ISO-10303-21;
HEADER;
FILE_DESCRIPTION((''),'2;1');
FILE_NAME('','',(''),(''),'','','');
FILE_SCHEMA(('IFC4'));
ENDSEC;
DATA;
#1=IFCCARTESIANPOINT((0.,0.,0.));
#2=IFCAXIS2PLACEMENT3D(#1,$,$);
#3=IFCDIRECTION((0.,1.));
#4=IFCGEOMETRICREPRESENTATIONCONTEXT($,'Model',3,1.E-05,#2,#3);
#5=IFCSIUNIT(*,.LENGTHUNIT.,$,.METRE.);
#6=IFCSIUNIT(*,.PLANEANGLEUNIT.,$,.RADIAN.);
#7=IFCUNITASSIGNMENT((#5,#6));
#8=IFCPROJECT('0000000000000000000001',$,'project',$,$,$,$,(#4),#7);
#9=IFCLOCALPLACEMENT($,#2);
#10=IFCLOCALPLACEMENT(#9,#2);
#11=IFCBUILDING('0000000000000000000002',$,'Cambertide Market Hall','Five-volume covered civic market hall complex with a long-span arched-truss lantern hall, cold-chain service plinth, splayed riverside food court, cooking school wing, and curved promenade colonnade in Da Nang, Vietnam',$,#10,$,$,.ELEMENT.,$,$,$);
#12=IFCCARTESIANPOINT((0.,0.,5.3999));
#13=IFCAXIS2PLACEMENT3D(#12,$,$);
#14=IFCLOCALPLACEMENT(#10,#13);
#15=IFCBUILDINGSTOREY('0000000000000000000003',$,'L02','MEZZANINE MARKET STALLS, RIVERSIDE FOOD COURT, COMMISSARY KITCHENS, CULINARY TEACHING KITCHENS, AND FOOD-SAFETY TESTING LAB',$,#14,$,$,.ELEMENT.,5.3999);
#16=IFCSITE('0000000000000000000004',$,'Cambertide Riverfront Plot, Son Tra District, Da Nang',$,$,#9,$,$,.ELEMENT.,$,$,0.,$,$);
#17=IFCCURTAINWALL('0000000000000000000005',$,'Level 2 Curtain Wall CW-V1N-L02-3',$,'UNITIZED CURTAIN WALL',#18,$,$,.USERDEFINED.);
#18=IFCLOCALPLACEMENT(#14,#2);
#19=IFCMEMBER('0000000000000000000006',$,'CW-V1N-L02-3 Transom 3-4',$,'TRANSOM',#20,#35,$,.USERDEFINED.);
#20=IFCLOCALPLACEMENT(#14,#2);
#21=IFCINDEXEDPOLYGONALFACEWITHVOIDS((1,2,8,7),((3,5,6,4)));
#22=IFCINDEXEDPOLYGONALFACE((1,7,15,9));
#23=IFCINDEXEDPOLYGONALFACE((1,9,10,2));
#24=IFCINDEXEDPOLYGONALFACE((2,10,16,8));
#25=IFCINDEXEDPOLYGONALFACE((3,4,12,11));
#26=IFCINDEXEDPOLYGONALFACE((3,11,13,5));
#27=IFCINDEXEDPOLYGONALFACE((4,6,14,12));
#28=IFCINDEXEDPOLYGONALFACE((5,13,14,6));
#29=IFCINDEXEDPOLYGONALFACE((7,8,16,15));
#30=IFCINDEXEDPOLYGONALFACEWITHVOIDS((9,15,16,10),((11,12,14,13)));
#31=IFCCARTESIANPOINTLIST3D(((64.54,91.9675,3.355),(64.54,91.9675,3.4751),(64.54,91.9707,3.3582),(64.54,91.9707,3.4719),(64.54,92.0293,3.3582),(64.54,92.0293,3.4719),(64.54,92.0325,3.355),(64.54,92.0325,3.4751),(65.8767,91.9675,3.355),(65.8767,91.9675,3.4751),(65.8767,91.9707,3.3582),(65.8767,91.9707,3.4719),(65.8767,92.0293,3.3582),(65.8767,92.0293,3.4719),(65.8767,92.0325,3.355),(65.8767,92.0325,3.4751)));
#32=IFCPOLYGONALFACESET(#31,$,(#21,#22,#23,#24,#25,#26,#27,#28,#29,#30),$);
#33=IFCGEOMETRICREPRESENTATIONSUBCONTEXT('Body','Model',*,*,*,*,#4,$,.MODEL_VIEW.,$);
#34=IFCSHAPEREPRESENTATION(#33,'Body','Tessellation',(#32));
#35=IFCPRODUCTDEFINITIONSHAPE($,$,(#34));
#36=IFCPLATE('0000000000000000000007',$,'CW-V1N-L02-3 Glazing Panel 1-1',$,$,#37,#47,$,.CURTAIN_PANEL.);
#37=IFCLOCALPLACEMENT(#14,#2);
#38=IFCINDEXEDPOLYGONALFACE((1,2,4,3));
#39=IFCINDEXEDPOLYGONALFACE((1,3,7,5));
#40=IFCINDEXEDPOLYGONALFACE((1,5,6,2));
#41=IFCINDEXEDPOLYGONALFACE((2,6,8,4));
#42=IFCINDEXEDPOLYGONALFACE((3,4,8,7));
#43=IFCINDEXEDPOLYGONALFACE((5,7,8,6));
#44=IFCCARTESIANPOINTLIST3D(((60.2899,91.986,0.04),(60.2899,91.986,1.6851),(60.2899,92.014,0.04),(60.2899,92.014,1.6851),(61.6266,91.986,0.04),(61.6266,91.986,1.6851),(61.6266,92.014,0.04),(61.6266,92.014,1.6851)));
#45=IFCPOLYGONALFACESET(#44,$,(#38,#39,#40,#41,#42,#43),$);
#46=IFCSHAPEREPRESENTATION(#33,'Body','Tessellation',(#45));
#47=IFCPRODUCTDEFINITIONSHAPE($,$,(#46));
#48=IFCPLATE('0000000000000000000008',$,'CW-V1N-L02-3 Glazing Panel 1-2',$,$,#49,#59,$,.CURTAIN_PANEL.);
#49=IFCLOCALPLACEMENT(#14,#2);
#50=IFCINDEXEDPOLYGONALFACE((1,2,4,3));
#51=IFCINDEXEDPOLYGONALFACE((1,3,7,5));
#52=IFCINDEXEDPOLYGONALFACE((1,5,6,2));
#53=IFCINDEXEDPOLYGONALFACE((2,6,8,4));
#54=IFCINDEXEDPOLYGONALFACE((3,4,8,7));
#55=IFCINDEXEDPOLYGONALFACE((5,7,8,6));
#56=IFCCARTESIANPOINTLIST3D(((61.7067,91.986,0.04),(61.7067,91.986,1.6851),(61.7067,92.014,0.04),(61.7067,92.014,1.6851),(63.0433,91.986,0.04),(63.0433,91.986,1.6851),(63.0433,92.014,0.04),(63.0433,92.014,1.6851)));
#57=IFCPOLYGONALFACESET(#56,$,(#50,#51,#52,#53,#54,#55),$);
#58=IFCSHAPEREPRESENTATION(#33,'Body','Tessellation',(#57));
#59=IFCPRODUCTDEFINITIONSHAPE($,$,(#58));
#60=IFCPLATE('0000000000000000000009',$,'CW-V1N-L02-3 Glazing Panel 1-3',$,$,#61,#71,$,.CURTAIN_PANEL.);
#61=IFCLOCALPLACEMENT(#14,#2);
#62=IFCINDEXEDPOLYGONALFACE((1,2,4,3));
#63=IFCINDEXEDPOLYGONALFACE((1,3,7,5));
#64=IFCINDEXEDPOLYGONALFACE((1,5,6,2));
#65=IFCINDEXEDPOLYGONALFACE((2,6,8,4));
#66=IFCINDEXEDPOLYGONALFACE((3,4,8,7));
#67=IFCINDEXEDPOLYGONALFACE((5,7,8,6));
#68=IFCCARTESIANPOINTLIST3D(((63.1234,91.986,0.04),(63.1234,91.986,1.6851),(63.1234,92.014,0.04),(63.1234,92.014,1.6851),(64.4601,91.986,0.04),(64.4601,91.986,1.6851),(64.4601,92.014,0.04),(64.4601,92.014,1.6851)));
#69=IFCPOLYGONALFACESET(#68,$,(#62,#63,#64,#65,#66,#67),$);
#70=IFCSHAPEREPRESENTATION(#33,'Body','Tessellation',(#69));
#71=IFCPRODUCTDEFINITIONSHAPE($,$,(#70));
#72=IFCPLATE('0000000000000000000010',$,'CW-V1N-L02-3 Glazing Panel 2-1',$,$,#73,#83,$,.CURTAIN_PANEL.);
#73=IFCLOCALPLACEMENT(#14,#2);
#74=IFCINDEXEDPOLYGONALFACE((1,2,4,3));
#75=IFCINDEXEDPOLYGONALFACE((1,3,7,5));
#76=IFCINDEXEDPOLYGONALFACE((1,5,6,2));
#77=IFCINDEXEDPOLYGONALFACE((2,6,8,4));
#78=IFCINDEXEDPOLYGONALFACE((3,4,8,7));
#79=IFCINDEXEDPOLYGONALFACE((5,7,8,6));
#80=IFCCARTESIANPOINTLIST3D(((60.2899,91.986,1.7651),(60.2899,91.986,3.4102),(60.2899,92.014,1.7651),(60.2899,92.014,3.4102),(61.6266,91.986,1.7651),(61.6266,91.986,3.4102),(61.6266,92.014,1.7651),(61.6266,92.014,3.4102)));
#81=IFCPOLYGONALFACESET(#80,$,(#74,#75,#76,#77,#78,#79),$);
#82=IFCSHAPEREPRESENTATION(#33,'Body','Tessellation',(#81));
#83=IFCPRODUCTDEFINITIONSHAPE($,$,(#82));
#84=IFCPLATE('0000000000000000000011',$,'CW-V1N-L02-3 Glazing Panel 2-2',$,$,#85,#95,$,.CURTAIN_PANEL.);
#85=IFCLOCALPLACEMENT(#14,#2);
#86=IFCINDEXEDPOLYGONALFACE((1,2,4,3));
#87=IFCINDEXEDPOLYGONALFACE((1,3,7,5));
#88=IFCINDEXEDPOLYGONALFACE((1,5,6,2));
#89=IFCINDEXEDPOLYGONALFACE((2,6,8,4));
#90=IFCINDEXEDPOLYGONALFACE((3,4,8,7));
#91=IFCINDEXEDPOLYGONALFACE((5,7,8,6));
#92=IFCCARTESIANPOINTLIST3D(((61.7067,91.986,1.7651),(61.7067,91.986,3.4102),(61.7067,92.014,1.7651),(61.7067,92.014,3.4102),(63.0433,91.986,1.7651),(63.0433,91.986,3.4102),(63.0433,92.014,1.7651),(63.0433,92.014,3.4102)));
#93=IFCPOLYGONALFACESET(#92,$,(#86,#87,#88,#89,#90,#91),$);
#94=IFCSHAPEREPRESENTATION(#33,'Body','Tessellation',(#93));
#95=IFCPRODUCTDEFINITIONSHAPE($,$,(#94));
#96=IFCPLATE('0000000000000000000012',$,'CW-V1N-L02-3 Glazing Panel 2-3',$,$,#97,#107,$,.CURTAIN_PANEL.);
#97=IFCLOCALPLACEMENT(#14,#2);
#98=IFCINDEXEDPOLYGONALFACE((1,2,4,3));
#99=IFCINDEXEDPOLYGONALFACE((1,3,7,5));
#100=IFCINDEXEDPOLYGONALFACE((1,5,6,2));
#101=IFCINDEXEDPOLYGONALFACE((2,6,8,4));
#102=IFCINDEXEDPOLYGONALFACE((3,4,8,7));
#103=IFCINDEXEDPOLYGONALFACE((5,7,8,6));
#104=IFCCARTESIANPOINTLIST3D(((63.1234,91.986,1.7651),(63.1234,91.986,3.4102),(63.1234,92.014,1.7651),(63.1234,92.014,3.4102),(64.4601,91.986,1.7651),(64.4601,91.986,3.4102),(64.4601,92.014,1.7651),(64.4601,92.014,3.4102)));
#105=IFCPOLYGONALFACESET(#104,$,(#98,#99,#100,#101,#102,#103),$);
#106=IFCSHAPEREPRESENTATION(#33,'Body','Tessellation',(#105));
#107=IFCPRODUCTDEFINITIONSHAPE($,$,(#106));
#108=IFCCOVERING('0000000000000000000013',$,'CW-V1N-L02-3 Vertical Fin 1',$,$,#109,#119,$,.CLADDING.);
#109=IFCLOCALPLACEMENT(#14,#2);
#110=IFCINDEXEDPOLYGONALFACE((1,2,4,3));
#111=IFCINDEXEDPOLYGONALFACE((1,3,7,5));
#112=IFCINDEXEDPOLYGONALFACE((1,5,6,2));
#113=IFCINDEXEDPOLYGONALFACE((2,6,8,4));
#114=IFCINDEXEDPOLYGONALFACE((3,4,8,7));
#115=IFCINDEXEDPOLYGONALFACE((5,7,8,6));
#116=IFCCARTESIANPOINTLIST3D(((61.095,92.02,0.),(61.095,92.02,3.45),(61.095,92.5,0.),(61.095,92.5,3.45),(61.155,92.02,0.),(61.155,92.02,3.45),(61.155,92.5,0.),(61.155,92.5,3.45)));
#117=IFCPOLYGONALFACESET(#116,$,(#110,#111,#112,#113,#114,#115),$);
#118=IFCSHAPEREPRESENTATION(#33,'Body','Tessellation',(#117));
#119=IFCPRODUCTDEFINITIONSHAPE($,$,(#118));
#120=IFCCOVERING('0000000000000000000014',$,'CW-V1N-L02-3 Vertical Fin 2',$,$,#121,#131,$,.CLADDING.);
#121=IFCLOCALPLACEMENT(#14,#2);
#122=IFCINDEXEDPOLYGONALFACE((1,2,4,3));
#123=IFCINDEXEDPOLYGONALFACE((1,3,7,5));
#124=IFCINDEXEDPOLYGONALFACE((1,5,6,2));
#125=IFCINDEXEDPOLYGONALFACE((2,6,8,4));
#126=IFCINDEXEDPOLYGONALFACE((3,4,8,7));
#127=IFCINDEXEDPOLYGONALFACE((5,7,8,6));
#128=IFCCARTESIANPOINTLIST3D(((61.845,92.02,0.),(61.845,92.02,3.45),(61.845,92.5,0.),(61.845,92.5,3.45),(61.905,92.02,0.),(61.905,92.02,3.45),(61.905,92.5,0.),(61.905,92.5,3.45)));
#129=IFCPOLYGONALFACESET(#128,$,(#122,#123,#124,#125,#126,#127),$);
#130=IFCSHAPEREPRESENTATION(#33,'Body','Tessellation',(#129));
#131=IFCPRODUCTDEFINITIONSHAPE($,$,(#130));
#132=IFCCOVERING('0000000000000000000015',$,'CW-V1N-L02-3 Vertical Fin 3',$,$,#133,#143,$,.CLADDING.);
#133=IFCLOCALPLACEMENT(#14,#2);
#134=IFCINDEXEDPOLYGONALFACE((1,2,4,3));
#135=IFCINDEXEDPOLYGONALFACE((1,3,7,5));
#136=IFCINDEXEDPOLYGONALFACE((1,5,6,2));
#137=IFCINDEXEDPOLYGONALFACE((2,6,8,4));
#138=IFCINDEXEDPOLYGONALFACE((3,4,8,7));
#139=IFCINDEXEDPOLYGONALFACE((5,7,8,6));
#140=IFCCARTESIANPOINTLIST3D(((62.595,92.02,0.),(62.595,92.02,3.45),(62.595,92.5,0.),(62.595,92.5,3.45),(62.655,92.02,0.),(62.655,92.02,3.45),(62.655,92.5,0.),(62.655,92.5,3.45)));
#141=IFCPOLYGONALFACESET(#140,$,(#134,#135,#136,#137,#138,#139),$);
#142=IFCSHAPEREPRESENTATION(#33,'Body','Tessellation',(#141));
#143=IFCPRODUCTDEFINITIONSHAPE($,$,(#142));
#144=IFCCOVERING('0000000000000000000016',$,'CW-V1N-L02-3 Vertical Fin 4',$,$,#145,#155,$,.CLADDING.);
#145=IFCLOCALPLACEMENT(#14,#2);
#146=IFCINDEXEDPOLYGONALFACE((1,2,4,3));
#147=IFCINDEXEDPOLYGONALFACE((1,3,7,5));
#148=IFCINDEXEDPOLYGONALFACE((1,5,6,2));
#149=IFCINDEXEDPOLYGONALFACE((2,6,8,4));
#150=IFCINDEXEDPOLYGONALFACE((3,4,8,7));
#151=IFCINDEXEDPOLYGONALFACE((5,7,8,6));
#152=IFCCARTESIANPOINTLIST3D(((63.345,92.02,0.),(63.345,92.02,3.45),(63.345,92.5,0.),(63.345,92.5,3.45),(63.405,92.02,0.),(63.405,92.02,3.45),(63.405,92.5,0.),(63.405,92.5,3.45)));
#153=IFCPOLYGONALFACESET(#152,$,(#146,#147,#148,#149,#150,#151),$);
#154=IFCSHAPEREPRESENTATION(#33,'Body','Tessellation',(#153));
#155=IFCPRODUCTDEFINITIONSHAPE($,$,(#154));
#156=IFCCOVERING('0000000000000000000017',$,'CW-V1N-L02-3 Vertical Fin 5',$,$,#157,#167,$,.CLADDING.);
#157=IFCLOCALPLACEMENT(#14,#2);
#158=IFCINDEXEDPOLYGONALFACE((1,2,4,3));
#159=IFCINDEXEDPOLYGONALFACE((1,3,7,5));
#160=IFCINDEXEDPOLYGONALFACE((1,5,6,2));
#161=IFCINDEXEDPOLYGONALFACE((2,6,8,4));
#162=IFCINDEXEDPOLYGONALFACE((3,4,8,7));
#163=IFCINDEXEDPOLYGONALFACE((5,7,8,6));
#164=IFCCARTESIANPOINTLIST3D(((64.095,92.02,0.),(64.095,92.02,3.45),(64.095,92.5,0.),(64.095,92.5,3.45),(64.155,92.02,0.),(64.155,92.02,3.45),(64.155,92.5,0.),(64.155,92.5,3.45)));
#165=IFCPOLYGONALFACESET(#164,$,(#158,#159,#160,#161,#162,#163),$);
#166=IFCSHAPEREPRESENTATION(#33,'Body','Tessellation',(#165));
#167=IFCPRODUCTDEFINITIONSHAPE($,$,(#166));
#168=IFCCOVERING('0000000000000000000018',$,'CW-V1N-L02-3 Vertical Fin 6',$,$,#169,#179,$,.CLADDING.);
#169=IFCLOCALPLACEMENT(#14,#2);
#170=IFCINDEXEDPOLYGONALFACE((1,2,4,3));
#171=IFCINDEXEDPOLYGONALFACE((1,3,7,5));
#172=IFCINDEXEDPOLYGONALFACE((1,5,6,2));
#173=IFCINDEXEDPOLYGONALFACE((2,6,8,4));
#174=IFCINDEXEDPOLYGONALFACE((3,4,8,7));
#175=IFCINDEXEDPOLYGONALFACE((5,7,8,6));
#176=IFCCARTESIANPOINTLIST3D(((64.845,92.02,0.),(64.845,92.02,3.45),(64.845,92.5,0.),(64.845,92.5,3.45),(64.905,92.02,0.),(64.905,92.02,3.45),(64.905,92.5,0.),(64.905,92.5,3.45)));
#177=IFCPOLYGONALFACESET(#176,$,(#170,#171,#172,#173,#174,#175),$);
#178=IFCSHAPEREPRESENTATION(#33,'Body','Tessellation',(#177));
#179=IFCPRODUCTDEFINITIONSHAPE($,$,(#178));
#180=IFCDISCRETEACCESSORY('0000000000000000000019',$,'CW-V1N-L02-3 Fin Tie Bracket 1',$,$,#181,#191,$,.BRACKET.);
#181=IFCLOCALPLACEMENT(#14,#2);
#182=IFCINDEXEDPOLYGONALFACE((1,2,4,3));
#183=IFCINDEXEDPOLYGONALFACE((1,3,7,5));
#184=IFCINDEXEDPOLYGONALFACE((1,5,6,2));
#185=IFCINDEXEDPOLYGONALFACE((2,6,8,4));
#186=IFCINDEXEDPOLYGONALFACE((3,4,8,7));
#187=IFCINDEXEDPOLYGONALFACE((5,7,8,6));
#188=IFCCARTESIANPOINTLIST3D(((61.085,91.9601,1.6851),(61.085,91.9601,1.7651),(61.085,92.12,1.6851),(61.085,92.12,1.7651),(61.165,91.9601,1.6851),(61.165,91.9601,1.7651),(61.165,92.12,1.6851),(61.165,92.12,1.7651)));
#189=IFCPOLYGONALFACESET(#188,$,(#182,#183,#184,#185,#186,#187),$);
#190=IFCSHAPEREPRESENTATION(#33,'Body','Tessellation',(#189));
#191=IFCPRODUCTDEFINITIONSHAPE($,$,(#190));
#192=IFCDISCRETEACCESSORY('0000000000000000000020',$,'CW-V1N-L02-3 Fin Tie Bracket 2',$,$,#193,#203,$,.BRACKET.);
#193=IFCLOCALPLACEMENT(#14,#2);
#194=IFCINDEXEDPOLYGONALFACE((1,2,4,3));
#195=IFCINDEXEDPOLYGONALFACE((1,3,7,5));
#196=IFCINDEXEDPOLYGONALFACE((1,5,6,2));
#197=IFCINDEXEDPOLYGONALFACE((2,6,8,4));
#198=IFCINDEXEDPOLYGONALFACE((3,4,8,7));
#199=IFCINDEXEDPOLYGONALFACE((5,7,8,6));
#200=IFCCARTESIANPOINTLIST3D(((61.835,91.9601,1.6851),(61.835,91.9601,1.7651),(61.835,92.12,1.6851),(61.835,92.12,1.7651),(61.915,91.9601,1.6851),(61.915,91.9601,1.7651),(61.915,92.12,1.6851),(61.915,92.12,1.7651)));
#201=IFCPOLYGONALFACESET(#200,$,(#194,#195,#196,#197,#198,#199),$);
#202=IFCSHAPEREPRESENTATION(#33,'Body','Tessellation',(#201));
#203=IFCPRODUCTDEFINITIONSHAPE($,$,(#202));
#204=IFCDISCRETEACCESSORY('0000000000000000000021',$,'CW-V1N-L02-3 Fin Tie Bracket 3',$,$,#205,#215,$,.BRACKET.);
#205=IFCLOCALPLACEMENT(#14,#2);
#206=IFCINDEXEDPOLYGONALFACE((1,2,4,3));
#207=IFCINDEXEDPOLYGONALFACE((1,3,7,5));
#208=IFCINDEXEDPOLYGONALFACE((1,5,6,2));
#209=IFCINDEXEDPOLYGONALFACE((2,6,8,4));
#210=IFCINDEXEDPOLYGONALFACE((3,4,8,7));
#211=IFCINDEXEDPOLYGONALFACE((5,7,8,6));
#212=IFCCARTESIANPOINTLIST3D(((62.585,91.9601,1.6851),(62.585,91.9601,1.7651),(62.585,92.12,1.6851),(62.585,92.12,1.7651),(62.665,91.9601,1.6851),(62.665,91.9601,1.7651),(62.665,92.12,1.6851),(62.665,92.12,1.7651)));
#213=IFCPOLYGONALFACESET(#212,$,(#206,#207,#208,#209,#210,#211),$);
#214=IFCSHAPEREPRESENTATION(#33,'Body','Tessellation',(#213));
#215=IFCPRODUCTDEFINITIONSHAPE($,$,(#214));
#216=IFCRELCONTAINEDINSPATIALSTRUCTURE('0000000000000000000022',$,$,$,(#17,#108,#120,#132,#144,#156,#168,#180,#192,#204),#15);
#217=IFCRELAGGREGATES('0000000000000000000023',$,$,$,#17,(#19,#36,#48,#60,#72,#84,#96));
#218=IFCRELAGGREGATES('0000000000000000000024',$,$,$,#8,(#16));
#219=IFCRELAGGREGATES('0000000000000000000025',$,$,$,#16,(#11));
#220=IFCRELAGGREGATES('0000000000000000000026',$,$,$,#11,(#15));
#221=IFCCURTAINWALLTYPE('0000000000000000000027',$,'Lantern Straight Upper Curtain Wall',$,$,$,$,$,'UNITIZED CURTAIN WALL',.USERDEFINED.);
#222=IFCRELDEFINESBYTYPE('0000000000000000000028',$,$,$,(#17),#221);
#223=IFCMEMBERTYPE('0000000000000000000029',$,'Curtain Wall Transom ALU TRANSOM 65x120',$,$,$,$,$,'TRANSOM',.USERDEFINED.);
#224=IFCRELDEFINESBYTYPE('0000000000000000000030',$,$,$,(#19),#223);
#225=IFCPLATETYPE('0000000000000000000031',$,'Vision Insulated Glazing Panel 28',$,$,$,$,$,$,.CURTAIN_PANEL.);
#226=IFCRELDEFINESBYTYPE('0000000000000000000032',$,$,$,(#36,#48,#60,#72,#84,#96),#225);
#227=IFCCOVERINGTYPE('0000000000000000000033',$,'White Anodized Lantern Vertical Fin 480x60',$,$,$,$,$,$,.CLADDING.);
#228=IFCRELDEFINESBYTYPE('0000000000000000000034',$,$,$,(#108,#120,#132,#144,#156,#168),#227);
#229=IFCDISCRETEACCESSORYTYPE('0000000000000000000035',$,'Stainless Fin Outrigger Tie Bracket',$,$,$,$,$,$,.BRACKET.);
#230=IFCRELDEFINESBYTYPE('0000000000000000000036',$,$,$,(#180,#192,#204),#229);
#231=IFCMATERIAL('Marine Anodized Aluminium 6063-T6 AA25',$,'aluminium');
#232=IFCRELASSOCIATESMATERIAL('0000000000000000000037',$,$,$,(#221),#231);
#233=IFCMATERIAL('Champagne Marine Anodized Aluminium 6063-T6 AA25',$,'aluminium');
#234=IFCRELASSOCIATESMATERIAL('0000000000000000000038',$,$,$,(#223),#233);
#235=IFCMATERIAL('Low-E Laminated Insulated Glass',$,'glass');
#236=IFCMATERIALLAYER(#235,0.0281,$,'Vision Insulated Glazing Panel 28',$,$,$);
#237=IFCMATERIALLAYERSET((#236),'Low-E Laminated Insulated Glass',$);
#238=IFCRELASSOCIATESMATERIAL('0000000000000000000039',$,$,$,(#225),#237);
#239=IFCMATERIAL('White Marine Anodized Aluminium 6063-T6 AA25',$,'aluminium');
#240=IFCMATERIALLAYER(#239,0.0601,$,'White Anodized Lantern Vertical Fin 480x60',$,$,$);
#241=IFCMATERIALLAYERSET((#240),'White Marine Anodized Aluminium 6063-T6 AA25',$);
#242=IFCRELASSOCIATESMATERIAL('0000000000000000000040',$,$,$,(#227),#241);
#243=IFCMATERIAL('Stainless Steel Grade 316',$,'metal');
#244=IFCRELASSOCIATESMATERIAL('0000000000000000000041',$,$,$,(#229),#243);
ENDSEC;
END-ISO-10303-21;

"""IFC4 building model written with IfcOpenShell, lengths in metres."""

from ifc_helpers import new_model, si_unit, direction, frame, origin, origin_2d, place, context, subcontext, project, spatial, rectangle, hollow_rectangle, extrude, material, layer, layer_set, material_profile, profile_set, type_object, element, aggregate, save


model = new_model("IFC4")

# Units and contexts
model_context = context("Model", 3, precision=1e-05, world=origin(), true_north=direction((0.0, 1.0)))
body_context = subcontext(model_context, "Body", "Model", "MODEL_VIEW")
ifc_project = project(units=[si_unit("LENGTHUNIT", "METRE"), si_unit("PLANEANGLEUNIT", "RADIAN")], contexts=[model_context])

# Site, building, storey
site_placement = place(None, origin())
site = spatial("IfcSite", under=ifc_project, at=site_placement, Name="Cambertide Riverfront Plot, Son Tra District, Da Nang", CompositionType="ELEMENT", RefElevation=0.0)
building_placement = place(site_placement, origin())
building = spatial("IfcBuilding", under=site, at=building_placement, Name="Cambertide Market Hall", Description="Five-volume covered civic market hall complex with a long-span arched-truss lantern hall, cold-chain service plinth, splayed riverside food court, cooking school wing, and curved promenade colonnade in Da Nang, Vietnam", CompositionType="ELEMENT")
storey_placement = place(building_placement, frame((0.0, 0.0, 5.3999)))
storey = spatial("IfcBuildingStorey", under=building, at=storey_placement, Name="L02", Description="MEZZANINE MARKET STALLS, RIVERSIDE FOOD COURT, COMMISSARY KITCHENS, CULINARY TEACHING KITCHENS, AND FOOD-SAFETY TESTING LAB", CompositionType="ELEMENT", Elevation=5.3999)

# Curtain wall, member, plates
ifc_material_1 = material(Name="Marine Anodized Aluminium 6063-T6 AA25", Category="aluminium")
curtain_wall_type = type_object("IfcCurtainWallType", Name="Lantern Straight Upper Curtain Wall", ElementType="UNITIZED CURTAIN WALL", PredefinedType="USERDEFINED", material=ifc_material_1)
curtain_wall_placement = place(storey_placement, origin())
curtain_wall = element("IfcCurtainWall", 1, at=curtain_wall_placement, inside=storey, type_object=curtain_wall_type, Name="Level 2 Curtain Wall CW-V1N-L02-3", ObjectType="UNITIZED CURTAIN WALL", PredefinedType="USERDEFINED")
ifc_material_2 = material(Name="Champagne Marine Anodized Aluminium 6063-T6 AA25", Category="aluminium")
ifc_material_profile_1 = material_profile(ifc_material_2, hollow_rectangle(XDim=0.0649, YDim=0.1201, WallThickness=0.0032, at=origin_2d()), Name="ALU TRANSOM 65x120")
ifc_profile_set_1 = profile_set([ifc_material_profile_1], Name="Champagne Marine Anodized Aluminium 6063-T6 AA25")
member_type_1 = type_object("IfcMemberType", Name="Curtain Wall Transom ALU TRANSOM 65x120", ElementType="TRANSOM", PredefinedType="USERDEFINED", material=ifc_profile_set_1)
member_1_placement = place(storey_placement, frame((64.54, 92.0, 3.415), z_axis=(1.0, 0.0, 0.0), x_axis=(0.0, 1.0, 0.0)))
member_1 = element("IfcMember", 2, at=member_1_placement, type_object=member_type_1, Name="CW-V1N-L02-3 Transom 3-4", ObjectType="TRANSOM", PredefinedType="USERDEFINED", context=body_context, shape_type="SweptSolid", body=[
    extrude(hollow_rectangle(XDim=0.0649, YDim=0.1201, WallThickness=0.0032, at=origin_2d()), origin(), (0.0, 0.0, 1.0), 1.3367),
])
ifc_material_3 = material(Name="Low-E Laminated Insulated Glass", Category="glass")
ifc_layer_1 = layer(ifc_material_3, 0.0281, Name="Vision Insulated Glazing Panel 28")
ifc_layer_set_1 = layer_set([ifc_layer_1], Name="Low-E Laminated Insulated Glass")
plate_type = type_object("IfcPlateType", Name="Vision Insulated Glazing Panel 28", PredefinedType="CURTAIN_PANEL", material=ifc_layer_set_1)
plate_1_placement = place(storey_placement, frame((60.9583, 92.0, 0.04), z_axis=(0.0, 0.0, 1.0), x_axis=(1.0, 0.0, 0.0)))
plate_1 = element("IfcPlate", 3, at=plate_1_placement, type_object=plate_type, Name="CW-V1N-L02-3 Glazing Panel 1-1", PredefinedType="CURTAIN_PANEL", context=body_context, shape_type="SweptSolid", body=[
    extrude(rectangle(XDim=1.3367, YDim=0.0281, at=origin_2d()), origin(), (0.0, 0.0, 1.0), 1.645),
])
plate_2_placement = place(storey_placement, frame((62.375, 92.0, 0.04), z_axis=(0.0, 0.0, 1.0), x_axis=(1.0, 0.0, 0.0)))
plate_2 = element("IfcPlate", 4, at=plate_2_placement, type_object=plate_type, Name="CW-V1N-L02-3 Glazing Panel 1-2", PredefinedType="CURTAIN_PANEL", context=body_context, shape_type="SweptSolid", body=[
    extrude(rectangle(XDim=1.3367, YDim=0.0281, at=origin_2d()), origin(), (0.0, 0.0, 1.0), 1.645),
])
plate_3_placement = place(storey_placement, frame((63.7917, 92.0, 0.04), z_axis=(0.0, 0.0, 1.0), x_axis=(1.0, 0.0, 0.0)))
plate_3 = element("IfcPlate", 5, at=plate_3_placement, type_object=plate_type, Name="CW-V1N-L02-3 Glazing Panel 1-3", PredefinedType="CURTAIN_PANEL", context=body_context, shape_type="SweptSolid", body=[
    extrude(rectangle(XDim=1.3367, YDim=0.0281, at=origin_2d()), origin(), (0.0, 0.0, 1.0), 1.645),
])
plate_4_placement = place(storey_placement, frame((60.9583, 92.0, 1.7651), z_axis=(0.0, 0.0, 1.0), x_axis=(1.0, 0.0, 0.0)))
plate_4 = element("IfcPlate", 6, at=plate_4_placement, type_object=plate_type, Name="CW-V1N-L02-3 Glazing Panel 2-1", PredefinedType="CURTAIN_PANEL", context=body_context, shape_type="SweptSolid", body=[
    extrude(rectangle(XDim=1.3367, YDim=0.0281, at=origin_2d()), origin(), (0.0, 0.0, 1.0), 1.645),
])
plate_5_placement = place(storey_placement, frame((62.375, 92.0, 1.7651), z_axis=(0.0, 0.0, 1.0), x_axis=(1.0, 0.0, 0.0)))
plate_5 = element("IfcPlate", 7, at=plate_5_placement, type_object=plate_type, Name="CW-V1N-L02-3 Glazing Panel 2-2", PredefinedType="CURTAIN_PANEL", context=body_context, shape_type="SweptSolid", body=[
    extrude(rectangle(XDim=1.3367, YDim=0.0281, at=origin_2d()), origin(), (0.0, 0.0, 1.0), 1.645),
])
plate_6_placement = place(storey_placement, frame((63.7917, 92.0, 1.7651), z_axis=(0.0, 0.0, 1.0), x_axis=(1.0, 0.0, 0.0)))
plate_6 = element("IfcPlate", 8, at=plate_6_placement, type_object=plate_type, Name="CW-V1N-L02-3 Glazing Panel 2-3", PredefinedType="CURTAIN_PANEL", context=body_context, shape_type="SweptSolid", body=[
    extrude(rectangle(XDim=1.3367, YDim=0.0281, at=origin_2d()), origin(), (0.0, 0.0, 1.0), 1.645),
])
aggregate(curtain_wall, [member_1, plate_1, plate_2, plate_3, plate_4, plate_5, plate_6])

# Coverings
ifc_material_4 = material(Name="White Marine Anodized Aluminium 6063-T6 AA25", Category="aluminium")
ifc_layer_2 = layer(ifc_material_4, 0.0601, Name="White Anodized Lantern Vertical Fin 480x60")
ifc_layer_set_2 = layer_set([ifc_layer_2], Name="White Marine Anodized Aluminium 6063-T6 AA25")
covering_type = type_object("IfcCoveringType", Name="White Anodized Lantern Vertical Fin 480x60", PredefinedType="CLADDING", material=ifc_layer_set_2)
for number, where, z_axis, x_axis, name in (
    (9, (61.125, 92.26, 0.0), (0.0, 0.0, 1.0), (1.0, 0.0, 0.0), "CW-V1N-L02-3 Vertical Fin 1"),
    (10, (61.875, 92.26, 0.0), (0.0, 0.0, 1.0), (1.0, 0.0, 0.0), "CW-V1N-L02-3 Vertical Fin 2"),
    (11, (62.625, 92.26, 0.0), (0.0, 0.0, 1.0), (1.0, 0.0, 0.0), "CW-V1N-L02-3 Vertical Fin 3"),
    (12, (63.375, 92.26, 0.0), (0.0, 0.0, 1.0), (1.0, 0.0, 0.0), "CW-V1N-L02-3 Vertical Fin 4"),
    (13, (64.125, 92.26, 0.0), (0.0, 0.0, 1.0), (1.0, 0.0, 0.0), "CW-V1N-L02-3 Vertical Fin 5"),
    (14, (64.875, 92.26, 0.0), (0.0, 0.0, 1.0), (1.0, 0.0, 0.0), "CW-V1N-L02-3 Vertical Fin 6"),
):
    element("IfcCovering", number, at=place(storey_placement, frame(where, z_axis=z_axis, x_axis=x_axis)), inside=storey, type_object=covering_type, Name=name, PredefinedType="CLADDING", context=body_context, shape_type="SweptSolid", body=[
        extrude(rectangle(XDim=0.0601, YDim=0.48, at=origin_2d()), origin(), (0.0, 0.0, 1.0), 3.45),
    ])

# Discrete accessories
ifc_material_5 = material(Name="Stainless Steel Grade 316", Category="metal")
discrete_accessory_type = type_object("IfcDiscreteAccessoryType", Name="Stainless Fin Outrigger Tie Bracket", PredefinedType="BRACKET", material=ifc_material_5)
for number, where, z_axis, x_axis, name in (
    (15, (61.125, 92.04, 1.6851), (0.0, 0.0, 1.0), (1.0, 0.0, 0.0), "CW-V1N-L02-3 Fin Tie Bracket 1"),
    (16, (61.875, 92.04, 1.6851), (0.0, 0.0, 1.0), (1.0, 0.0, 0.0), "CW-V1N-L02-3 Fin Tie Bracket 2"),
    (17, (62.625, 92.04, 1.6851), (0.0, 0.0, 1.0), (1.0, 0.0, 0.0), "CW-V1N-L02-3 Fin Tie Bracket 3"),
):
    element("IfcDiscreteAccessory", number, at=place(storey_placement, frame(where, z_axis=z_axis, x_axis=x_axis)), inside=storey, type_object=discrete_accessory_type, Name=name, PredefinedType="BRACKET", context=body_context, shape_type="SweptSolid", body=[
        extrude(rectangle(XDim=0.0801, YDim=0.1599, at=origin_2d()), origin(), (0.0, 0.0, 1.0), 0.0801),
    ])

save(model, "model.ifc")
